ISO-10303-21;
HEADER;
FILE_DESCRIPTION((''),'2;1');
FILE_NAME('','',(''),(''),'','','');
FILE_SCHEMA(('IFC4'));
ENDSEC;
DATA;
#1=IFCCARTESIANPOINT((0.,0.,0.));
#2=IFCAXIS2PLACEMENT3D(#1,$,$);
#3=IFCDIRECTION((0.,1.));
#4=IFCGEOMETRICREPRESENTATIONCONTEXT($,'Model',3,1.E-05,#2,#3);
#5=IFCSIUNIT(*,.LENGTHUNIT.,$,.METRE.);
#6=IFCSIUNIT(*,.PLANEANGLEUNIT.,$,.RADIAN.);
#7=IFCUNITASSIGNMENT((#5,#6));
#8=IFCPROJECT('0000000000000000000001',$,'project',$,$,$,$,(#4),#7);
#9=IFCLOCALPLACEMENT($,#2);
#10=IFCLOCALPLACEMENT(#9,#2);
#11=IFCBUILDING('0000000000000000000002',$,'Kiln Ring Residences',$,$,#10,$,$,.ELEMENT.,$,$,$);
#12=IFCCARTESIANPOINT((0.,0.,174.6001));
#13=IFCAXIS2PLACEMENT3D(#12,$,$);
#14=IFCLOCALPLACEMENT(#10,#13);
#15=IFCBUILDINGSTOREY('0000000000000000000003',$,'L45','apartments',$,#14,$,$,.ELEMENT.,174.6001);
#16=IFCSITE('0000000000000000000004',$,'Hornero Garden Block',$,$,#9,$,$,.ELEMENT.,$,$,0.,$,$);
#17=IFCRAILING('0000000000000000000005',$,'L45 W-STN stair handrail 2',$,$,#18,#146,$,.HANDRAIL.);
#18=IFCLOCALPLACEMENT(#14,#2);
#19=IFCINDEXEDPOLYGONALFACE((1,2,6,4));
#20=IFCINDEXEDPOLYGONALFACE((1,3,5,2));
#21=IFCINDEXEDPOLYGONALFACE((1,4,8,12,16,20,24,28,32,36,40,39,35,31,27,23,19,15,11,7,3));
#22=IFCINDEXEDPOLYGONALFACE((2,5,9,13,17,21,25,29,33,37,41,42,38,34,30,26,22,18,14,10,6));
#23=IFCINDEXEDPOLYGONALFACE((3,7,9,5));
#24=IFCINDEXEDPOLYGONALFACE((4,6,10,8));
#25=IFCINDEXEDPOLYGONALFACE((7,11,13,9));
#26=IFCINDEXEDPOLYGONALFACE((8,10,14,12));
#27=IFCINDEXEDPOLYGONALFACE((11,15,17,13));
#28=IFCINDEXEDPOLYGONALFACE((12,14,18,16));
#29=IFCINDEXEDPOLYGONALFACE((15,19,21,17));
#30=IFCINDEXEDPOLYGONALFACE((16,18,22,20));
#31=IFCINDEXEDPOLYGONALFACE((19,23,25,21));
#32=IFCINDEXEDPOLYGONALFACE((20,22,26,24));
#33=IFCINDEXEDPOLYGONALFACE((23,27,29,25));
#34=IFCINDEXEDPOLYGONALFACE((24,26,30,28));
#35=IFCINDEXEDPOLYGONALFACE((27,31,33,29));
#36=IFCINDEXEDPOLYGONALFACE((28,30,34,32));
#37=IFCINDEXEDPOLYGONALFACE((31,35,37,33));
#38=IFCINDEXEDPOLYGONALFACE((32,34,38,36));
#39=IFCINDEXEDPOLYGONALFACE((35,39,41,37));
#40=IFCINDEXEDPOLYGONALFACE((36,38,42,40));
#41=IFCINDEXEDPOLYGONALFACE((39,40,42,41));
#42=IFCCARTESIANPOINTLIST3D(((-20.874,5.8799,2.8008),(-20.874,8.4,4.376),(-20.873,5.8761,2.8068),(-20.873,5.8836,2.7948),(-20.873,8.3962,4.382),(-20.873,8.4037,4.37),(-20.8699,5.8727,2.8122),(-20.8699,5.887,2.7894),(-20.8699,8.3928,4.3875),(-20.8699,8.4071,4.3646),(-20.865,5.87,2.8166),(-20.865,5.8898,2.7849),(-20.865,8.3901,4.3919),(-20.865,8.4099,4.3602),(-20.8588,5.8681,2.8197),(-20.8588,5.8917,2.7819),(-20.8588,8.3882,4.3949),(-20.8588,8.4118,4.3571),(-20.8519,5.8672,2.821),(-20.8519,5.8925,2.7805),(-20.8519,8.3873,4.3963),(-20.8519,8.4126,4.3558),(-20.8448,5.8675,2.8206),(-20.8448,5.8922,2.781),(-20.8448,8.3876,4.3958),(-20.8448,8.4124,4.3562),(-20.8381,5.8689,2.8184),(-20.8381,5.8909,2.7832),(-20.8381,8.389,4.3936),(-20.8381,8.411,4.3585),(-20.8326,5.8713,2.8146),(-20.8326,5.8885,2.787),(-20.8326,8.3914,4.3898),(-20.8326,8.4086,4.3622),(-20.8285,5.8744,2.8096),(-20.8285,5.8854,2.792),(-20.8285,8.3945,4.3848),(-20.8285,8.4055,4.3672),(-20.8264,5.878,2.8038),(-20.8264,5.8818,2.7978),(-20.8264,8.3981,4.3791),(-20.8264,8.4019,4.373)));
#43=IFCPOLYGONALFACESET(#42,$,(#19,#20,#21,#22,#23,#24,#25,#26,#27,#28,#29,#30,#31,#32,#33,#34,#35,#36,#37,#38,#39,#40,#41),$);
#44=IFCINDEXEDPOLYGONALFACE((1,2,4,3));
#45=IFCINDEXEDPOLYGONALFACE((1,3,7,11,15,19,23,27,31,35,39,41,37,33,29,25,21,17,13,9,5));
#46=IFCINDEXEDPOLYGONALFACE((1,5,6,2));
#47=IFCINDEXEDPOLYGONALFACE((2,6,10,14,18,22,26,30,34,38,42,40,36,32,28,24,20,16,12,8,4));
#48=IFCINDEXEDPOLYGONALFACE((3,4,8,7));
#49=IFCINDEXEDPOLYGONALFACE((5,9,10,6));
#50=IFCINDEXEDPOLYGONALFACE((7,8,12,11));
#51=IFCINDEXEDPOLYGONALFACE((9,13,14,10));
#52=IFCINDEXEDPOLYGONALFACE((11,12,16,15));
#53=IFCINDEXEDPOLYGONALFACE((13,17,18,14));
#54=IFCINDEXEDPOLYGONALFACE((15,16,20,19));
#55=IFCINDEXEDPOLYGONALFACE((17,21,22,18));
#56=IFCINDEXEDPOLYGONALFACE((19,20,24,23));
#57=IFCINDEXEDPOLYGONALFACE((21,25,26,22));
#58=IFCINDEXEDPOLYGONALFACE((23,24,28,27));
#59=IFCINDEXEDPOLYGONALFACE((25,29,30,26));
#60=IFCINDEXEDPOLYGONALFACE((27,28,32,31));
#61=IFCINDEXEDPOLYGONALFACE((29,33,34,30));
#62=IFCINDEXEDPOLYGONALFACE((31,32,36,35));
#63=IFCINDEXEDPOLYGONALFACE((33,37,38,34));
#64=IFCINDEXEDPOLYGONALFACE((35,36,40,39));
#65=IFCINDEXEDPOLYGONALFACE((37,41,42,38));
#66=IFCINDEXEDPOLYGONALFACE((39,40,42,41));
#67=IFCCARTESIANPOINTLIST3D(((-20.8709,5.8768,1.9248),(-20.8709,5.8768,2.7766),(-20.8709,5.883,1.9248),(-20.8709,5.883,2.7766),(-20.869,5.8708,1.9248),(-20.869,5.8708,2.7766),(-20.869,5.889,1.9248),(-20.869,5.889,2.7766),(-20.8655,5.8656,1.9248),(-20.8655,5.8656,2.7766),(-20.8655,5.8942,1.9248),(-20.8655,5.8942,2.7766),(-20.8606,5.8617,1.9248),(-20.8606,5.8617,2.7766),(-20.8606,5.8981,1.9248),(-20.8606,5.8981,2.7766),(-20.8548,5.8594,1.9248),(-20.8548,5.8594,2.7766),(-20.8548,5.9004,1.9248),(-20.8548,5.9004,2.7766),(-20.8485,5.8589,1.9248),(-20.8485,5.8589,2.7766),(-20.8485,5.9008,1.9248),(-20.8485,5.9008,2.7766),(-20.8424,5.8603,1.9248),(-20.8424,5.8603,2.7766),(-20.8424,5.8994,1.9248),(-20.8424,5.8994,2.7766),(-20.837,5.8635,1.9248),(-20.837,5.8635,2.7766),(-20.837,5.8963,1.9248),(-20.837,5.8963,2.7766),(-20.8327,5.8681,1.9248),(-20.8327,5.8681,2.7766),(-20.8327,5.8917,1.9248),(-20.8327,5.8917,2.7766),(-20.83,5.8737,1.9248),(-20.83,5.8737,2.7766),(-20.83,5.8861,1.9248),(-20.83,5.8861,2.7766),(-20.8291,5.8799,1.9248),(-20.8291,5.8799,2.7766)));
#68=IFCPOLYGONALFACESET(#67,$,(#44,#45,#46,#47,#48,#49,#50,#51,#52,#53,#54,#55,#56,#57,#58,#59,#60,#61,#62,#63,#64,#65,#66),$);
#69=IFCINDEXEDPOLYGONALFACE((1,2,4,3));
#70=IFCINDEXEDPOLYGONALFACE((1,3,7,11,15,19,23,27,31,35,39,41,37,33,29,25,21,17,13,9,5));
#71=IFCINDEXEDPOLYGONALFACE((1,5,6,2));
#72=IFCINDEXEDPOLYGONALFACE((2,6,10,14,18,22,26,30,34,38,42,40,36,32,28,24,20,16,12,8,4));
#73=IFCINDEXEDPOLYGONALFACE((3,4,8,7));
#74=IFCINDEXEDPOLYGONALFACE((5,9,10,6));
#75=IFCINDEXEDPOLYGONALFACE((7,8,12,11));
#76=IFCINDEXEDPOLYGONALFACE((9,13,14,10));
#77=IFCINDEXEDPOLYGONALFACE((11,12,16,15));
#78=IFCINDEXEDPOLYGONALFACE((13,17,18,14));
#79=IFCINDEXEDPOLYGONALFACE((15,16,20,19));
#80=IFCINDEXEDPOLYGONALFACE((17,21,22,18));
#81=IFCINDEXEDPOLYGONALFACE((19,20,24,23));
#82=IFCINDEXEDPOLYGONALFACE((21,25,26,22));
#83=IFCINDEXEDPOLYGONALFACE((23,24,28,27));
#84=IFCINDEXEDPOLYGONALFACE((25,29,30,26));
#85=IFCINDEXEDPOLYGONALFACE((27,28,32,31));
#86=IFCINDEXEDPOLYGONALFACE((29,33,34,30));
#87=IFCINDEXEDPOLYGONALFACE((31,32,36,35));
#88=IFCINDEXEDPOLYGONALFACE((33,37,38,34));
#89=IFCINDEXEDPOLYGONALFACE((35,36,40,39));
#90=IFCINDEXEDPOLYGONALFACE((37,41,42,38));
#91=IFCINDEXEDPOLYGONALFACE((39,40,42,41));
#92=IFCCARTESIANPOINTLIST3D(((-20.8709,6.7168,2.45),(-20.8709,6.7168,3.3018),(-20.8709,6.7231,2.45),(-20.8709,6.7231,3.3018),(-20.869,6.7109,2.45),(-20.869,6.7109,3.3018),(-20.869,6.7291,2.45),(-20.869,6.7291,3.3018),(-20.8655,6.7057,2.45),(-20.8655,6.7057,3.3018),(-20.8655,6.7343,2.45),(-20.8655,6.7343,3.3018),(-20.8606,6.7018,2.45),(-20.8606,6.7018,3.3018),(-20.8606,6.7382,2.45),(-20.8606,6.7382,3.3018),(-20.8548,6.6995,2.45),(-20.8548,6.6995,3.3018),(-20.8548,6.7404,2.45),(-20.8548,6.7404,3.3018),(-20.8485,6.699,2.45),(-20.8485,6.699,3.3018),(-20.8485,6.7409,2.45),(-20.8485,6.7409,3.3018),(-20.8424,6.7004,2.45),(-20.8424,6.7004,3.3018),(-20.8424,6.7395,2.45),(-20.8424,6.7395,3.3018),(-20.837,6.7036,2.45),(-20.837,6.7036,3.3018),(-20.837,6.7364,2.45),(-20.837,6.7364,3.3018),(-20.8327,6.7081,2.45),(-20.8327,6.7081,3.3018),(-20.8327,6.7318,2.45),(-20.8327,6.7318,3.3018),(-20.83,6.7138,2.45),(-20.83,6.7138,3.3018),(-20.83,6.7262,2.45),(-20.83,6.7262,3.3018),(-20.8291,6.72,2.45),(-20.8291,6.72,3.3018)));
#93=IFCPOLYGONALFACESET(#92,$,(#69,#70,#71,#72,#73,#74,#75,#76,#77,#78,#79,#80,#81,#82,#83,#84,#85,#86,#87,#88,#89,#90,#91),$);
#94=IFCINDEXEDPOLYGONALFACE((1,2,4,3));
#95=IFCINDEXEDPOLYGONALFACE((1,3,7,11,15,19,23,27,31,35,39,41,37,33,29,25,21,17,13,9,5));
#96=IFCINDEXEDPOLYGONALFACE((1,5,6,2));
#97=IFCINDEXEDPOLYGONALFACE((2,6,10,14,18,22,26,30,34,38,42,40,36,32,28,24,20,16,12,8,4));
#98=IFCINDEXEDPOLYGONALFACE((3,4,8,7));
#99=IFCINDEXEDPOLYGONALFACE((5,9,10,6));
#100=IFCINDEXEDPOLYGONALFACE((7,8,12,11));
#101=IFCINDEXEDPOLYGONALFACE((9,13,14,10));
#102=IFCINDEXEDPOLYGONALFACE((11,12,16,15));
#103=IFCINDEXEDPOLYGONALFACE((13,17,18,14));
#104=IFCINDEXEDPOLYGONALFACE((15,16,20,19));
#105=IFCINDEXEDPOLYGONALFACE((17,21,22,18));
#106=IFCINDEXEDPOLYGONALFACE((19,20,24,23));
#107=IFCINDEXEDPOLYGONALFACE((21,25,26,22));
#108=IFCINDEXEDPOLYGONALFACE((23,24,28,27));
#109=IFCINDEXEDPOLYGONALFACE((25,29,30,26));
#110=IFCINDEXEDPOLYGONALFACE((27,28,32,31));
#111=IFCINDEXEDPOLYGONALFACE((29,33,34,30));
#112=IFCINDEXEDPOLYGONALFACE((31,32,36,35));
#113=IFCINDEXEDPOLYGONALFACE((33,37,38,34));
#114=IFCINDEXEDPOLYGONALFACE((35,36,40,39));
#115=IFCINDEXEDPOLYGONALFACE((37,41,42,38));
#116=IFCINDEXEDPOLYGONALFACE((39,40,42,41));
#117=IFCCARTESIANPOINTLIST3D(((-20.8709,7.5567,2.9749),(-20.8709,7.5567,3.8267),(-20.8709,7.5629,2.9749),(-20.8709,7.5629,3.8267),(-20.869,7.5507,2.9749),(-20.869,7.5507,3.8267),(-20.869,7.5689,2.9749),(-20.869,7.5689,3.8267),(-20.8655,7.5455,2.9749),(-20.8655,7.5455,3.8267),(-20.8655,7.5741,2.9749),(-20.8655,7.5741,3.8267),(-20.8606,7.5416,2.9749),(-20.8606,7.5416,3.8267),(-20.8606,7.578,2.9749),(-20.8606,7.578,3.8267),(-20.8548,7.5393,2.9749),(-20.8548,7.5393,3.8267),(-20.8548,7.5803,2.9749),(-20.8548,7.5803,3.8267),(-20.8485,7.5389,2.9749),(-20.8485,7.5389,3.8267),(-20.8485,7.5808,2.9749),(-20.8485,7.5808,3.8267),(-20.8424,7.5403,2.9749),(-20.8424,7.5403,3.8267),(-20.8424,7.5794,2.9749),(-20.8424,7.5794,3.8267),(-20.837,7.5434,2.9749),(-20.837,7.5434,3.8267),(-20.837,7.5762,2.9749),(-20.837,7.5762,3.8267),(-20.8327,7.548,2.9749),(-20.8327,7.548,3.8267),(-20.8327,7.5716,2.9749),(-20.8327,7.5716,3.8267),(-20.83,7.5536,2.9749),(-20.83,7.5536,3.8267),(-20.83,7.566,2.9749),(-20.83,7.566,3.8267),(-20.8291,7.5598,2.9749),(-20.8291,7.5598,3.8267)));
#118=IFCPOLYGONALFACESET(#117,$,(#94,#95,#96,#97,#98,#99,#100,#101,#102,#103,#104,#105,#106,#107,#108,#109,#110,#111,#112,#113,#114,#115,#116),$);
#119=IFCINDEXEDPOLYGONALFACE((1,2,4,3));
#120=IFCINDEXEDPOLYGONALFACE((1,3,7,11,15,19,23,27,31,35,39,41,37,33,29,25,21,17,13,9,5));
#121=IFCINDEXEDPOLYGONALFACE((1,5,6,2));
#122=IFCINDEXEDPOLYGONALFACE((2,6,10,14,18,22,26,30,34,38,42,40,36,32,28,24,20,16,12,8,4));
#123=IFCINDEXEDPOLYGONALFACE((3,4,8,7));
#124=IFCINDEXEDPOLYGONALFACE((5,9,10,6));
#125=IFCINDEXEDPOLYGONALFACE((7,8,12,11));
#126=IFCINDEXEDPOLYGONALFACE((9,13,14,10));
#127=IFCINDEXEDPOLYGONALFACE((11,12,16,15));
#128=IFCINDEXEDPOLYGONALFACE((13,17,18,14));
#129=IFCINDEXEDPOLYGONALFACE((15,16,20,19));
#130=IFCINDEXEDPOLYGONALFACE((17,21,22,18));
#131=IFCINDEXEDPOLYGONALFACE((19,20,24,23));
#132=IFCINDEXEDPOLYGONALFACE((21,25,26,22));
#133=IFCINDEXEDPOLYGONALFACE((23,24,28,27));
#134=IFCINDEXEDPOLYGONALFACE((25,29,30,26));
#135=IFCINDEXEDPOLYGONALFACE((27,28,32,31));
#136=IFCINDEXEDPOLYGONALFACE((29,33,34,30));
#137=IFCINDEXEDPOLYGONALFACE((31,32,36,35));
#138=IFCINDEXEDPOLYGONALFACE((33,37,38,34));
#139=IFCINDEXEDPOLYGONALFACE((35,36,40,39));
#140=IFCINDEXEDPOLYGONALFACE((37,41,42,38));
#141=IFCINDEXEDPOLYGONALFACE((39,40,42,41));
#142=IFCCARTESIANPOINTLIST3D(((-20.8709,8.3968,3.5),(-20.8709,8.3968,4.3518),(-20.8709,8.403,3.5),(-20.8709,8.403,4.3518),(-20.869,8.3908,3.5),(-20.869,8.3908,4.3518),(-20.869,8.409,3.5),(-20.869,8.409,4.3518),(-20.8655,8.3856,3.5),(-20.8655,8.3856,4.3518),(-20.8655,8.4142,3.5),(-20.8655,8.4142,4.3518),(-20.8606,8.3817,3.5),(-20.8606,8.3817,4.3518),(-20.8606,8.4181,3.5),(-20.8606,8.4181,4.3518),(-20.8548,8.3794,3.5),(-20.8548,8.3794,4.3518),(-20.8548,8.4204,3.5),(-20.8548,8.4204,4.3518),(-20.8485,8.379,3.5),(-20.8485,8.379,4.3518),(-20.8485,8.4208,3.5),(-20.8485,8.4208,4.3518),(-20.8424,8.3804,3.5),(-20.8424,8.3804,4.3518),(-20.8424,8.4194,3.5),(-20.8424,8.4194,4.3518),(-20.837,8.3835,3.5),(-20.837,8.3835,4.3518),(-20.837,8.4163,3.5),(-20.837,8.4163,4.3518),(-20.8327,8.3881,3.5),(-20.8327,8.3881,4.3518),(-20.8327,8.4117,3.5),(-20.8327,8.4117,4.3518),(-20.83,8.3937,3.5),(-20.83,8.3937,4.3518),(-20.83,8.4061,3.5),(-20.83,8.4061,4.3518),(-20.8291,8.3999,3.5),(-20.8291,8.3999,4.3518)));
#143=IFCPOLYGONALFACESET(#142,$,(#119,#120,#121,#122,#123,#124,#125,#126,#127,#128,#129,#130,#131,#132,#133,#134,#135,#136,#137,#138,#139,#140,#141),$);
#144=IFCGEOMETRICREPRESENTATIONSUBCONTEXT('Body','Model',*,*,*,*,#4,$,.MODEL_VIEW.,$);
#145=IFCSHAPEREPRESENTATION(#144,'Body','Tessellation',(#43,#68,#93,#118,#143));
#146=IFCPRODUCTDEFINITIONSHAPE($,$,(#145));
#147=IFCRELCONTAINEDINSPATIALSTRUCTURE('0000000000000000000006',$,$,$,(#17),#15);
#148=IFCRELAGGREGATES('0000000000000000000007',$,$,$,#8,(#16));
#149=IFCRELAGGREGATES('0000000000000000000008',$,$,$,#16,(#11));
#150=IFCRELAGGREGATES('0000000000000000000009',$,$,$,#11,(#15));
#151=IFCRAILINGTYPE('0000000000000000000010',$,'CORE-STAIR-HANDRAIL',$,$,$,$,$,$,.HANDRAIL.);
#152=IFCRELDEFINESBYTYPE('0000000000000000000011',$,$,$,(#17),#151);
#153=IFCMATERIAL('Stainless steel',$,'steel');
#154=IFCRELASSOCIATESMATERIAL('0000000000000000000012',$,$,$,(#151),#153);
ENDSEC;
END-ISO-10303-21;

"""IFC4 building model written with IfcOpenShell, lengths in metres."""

from ifc_helpers import new_model, si_unit, direction, frame, origin, origin_2d, place, context, subcontext, project, spatial, circle, extrude, material, type_object, element, save


model = new_model("IFC4")

# Units and contexts
model_context = context("Model", 3, precision=1e-05, world=origin(), true_north=direction((0.0, 1.0)))
body_context = subcontext(model_context, "Body", "Model", "MODEL_VIEW")
ifc_project = project(units=[si_unit("LENGTHUNIT", "METRE"), si_unit("PLANEANGLEUNIT", "RADIAN")], contexts=[model_context])

# Site, building, storey
site_placement = place(None, origin())
site = spatial("IfcSite", under=ifc_project, at=site_placement, Name="Hornero Garden Block", CompositionType="ELEMENT", RefElevation=0.0)
building_placement = place(site_placement, origin())
building = spatial("IfcBuilding", under=site, at=building_placement, Name="Kiln Ring Residences", CompositionType="ELEMENT")
storey_placement = place(building_placement, frame((0.0, 0.0, 174.6001)))
storey = spatial("IfcBuildingStorey", under=building, at=storey_placement, Name="L45", Description="apartments", CompositionType="ELEMENT", Elevation=174.6001)

# Railing
ifc_material_1 = material(Name="Stainless steel", Category="steel")
railing_type_1 = type_object("IfcRailingType", Name="CORE-STAIR-HANDRAIL", PredefinedType="HANDRAIL", material=ifc_material_1)
railing_1_placement = place(storey_placement, frame((-20.8501, 5.8799, 1.9248)))
element("IfcRailing", 1, at=railing_1_placement, inside=storey, type_object=railing_type_1, Name="L45 W-STN stair handrail 2", PredefinedType="HANDRAIL", context=body_context, shape_type="SweptSolid", body=[
    extrude(circle(Radius=0.0239, at=origin_2d()), frame((0.0, 0.0, 0.876), z_axis=(0.0, 0.847971, 0.530043), x_axis=(-1.0, 0.0, 0.0)), (0.0, 0.0, 1.0), 2.9719),
    extrude(circle(Radius=0.021, at=origin_2d()), origin(), (0.0, 0.0, 1.0), 0.8518),
    extrude(circle(Radius=0.021, at=origin_2d()), frame((0.0, 0.8401, 0.5251)), (0.0, 0.0, 1.0), 0.8518),
    extrude(circle(Radius=0.021, at=origin_2d()), frame((0.0, 1.6799, 1.05)), (0.0, 0.0, 1.0), 0.8518),
    extrude(circle(Radius=0.021, at=origin_2d()), frame((0.0, 2.52, 1.5752)), (0.0, 0.0, 1.0), 0.8518),
])

save(model, "model.ifc")
